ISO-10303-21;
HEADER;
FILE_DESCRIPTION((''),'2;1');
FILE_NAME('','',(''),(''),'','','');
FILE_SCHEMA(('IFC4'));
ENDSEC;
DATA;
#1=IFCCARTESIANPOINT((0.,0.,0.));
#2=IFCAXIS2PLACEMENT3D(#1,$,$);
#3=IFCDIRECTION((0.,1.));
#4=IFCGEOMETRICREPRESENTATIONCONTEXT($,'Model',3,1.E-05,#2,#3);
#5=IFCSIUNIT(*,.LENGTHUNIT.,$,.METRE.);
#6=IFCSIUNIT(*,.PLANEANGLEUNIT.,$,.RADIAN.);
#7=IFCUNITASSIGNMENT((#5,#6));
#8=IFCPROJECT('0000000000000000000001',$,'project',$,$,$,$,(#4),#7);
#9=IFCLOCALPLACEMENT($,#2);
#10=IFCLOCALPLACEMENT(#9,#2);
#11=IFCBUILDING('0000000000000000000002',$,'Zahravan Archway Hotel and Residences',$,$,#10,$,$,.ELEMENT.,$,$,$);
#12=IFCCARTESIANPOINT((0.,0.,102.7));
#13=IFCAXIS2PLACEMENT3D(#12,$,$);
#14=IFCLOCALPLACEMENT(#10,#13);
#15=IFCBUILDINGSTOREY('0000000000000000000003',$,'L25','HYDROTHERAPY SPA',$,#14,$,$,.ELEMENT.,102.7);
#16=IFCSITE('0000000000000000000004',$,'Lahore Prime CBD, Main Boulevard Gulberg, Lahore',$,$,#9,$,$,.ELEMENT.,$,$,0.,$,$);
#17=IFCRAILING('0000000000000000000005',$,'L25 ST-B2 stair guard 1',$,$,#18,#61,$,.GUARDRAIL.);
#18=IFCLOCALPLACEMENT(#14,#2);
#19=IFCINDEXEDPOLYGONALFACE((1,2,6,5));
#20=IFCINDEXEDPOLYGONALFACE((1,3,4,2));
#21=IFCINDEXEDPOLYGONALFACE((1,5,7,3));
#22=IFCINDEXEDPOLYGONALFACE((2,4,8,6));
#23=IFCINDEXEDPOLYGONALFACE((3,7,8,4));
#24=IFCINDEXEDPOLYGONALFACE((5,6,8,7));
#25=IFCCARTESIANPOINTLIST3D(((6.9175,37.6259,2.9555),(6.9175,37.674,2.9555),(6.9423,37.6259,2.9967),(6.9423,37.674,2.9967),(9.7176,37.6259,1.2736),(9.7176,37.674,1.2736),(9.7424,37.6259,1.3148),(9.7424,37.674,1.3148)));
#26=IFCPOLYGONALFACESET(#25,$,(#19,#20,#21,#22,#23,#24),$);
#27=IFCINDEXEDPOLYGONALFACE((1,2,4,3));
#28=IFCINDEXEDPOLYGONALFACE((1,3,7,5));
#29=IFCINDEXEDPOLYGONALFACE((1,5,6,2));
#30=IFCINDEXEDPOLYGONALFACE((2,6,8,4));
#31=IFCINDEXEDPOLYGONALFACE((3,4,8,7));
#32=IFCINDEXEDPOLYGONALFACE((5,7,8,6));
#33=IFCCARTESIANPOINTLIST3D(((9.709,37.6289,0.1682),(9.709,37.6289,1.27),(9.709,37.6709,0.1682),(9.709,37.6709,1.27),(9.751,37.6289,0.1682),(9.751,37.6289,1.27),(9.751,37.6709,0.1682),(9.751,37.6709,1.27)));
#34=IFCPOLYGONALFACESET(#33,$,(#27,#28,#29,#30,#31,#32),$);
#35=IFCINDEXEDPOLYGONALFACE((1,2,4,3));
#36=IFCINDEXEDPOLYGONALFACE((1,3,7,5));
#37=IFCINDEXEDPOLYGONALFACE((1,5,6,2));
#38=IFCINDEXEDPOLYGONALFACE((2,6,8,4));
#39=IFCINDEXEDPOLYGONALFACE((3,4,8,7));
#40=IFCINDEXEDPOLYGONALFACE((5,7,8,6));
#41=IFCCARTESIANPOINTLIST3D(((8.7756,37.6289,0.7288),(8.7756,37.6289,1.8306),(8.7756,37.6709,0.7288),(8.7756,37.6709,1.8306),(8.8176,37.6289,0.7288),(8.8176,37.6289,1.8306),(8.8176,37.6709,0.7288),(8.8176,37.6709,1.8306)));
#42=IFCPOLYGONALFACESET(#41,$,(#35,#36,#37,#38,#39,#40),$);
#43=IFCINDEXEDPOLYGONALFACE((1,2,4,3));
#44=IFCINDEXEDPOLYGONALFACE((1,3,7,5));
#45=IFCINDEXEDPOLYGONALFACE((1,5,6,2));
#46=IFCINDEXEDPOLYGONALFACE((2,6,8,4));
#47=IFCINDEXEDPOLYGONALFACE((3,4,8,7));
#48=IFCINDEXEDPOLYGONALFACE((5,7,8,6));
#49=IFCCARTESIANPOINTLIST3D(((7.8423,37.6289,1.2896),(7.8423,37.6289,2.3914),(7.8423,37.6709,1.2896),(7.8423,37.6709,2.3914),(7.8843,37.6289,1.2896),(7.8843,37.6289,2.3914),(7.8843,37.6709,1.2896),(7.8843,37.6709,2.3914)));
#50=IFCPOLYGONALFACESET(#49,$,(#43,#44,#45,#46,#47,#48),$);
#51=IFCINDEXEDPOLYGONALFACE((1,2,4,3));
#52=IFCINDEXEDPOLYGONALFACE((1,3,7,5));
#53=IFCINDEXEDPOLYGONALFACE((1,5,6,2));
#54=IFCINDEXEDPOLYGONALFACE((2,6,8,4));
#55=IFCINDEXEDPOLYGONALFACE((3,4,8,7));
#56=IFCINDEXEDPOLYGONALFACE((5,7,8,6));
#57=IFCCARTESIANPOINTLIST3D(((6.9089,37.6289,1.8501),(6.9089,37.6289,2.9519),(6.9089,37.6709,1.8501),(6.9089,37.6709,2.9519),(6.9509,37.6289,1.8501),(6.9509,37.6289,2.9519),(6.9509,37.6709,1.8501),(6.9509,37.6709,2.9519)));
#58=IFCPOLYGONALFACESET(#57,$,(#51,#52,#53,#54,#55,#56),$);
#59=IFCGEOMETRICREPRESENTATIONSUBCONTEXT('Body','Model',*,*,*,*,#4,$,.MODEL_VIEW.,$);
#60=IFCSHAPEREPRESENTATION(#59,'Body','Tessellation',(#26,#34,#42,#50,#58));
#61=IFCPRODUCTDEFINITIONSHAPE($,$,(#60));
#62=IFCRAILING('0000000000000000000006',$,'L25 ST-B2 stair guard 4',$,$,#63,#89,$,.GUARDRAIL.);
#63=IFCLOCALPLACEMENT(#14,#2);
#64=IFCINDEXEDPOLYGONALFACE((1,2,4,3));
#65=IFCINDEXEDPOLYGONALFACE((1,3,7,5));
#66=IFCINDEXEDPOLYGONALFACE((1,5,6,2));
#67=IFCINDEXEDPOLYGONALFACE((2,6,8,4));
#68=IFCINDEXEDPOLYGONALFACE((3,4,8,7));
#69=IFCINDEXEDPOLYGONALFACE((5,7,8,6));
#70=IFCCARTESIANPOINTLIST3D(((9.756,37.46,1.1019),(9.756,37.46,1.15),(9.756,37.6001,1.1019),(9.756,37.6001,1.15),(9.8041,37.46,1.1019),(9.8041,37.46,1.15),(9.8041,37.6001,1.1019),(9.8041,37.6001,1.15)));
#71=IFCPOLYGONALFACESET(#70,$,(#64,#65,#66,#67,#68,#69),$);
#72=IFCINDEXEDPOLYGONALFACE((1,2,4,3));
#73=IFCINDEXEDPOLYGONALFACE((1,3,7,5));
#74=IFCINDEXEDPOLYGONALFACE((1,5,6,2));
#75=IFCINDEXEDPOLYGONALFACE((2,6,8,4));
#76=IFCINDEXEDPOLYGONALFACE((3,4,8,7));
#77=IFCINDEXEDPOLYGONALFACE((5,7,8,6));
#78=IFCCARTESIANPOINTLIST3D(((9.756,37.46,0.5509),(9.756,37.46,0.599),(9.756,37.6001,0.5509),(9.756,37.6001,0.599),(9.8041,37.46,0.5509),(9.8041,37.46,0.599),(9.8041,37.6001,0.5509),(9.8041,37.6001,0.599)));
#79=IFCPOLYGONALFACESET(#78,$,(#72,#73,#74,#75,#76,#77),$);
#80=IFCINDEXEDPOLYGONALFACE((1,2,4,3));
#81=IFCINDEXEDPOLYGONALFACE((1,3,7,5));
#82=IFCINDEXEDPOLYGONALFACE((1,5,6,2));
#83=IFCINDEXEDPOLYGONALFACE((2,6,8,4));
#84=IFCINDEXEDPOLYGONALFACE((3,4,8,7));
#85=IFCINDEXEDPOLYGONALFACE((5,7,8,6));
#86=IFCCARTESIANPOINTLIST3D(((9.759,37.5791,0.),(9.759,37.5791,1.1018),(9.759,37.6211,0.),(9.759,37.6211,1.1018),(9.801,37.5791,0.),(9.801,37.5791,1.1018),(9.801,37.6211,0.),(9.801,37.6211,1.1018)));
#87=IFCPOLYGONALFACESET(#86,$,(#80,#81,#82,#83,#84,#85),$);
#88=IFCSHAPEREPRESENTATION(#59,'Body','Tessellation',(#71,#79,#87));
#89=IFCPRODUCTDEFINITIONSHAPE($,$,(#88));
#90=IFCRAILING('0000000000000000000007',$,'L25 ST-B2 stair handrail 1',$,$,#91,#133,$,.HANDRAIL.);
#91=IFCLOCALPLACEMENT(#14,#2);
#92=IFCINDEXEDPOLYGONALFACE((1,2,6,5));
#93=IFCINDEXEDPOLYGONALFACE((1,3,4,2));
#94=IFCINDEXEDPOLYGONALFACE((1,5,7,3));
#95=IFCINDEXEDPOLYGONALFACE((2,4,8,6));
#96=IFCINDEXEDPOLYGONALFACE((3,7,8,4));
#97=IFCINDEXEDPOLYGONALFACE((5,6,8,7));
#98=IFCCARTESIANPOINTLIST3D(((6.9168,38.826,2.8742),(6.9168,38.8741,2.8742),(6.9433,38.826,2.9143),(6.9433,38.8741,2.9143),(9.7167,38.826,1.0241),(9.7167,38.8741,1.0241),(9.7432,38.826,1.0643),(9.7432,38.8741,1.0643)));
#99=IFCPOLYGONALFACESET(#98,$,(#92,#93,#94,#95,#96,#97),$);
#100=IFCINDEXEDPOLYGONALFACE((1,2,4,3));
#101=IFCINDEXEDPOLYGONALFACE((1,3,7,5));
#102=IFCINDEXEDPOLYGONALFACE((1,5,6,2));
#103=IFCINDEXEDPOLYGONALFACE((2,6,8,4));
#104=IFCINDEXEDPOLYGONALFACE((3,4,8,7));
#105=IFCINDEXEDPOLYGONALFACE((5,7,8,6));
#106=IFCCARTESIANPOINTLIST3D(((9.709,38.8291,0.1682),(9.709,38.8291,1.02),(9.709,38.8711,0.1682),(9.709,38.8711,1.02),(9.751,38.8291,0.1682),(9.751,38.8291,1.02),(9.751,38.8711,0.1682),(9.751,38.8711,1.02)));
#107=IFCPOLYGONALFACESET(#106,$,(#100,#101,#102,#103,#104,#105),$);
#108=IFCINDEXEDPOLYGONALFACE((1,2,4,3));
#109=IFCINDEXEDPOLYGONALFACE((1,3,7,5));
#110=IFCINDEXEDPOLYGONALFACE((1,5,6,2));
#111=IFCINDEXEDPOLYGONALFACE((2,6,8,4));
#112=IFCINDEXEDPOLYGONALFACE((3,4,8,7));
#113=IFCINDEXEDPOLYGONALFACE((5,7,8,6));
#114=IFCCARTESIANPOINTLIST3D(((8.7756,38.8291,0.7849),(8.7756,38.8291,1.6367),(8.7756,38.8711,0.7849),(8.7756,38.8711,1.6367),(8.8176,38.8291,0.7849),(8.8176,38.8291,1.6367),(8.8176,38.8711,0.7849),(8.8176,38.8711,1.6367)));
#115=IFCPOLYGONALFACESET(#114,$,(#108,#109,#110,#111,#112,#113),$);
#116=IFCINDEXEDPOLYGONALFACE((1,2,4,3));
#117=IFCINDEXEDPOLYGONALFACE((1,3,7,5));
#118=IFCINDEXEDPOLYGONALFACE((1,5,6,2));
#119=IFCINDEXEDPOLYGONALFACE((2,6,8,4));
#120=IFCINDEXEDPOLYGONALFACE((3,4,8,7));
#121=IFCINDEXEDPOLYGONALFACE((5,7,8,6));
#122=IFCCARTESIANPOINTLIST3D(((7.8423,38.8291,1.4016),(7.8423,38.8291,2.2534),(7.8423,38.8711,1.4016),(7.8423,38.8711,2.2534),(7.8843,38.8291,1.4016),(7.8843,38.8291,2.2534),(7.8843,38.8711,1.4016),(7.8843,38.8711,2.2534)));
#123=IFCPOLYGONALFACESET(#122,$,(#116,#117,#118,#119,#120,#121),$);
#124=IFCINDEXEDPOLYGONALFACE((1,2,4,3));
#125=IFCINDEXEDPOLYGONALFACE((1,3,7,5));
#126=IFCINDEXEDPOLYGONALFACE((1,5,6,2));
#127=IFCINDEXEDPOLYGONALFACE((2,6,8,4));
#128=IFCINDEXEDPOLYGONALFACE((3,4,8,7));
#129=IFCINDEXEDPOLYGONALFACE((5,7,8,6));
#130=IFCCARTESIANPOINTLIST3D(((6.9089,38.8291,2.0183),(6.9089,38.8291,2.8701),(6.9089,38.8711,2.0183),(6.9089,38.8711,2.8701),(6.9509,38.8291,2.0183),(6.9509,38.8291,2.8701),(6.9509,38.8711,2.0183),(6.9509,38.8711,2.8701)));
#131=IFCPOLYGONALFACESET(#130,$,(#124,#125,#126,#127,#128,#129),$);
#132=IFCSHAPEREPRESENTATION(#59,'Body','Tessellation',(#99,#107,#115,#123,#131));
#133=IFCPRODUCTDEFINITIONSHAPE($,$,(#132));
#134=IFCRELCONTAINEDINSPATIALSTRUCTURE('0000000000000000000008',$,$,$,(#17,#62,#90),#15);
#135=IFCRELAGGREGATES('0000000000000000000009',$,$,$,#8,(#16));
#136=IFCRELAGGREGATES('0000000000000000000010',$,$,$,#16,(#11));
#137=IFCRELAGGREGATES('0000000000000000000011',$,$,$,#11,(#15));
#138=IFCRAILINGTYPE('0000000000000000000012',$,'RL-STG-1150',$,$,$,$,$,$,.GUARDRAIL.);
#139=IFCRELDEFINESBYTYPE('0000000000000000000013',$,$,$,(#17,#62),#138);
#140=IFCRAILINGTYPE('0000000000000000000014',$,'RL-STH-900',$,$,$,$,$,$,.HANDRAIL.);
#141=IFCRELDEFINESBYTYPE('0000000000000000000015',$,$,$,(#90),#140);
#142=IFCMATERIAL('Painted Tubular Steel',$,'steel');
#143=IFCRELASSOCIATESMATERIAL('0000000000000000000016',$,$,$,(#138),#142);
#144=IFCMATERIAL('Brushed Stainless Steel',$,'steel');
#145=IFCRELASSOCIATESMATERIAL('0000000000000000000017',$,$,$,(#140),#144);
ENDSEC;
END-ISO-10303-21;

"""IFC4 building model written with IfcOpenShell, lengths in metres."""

from ifc_helpers import new_model, si_unit, direction, frame, origin, origin_2d, place, context, subcontext, project, spatial, rectangle, extrude, material, type_object, element, save


model = new_model("IFC4")

# Units and contexts
model_context = context("Model", 3, precision=1e-05, world=origin(), true_north=direction((0.0, 1.0)))
body_context = subcontext(model_context, "Body", "Model", "MODEL_VIEW")
ifc_project = project(units=[si_unit("LENGTHUNIT", "METRE"), si_unit("PLANEANGLEUNIT", "RADIAN")], contexts=[model_context])

# Site, building, storey
site_placement = place(None, origin())
site = spatial("IfcSite", under=ifc_project, at=site_placement, Name="Lahore Prime CBD, Main Boulevard Gulberg, Lahore", CompositionType="ELEMENT", RefElevation=0.0)
building_placement = place(site_placement, origin())
building = spatial("IfcBuilding", under=site, at=building_placement, Name="Zahravan Archway Hotel and Residences", CompositionType="ELEMENT")
storey_placement = place(building_placement, frame((0.0, 0.0, 102.7)))
storey = spatial("IfcBuildingStorey", under=building, at=storey_placement, Name="L25", Description="HYDROTHERAPY SPA", CompositionType="ELEMENT", Elevation=102.7)

# Railings
ifc_material_1 = material(Name="Painted Tubular Steel", Category="steel")
railing_type_1 = type_object("IfcRailingType", Name="RL-STG-1150", PredefinedType="GUARDRAIL", material=ifc_material_1)
railing_1_placement = place(storey_placement, frame((9.73, 37.6499, 0.1682)))
element("IfcRailing", 1, at=railing_1_placement, inside=storey, type_object=railing_type_1, Name="L25 ST-B2 stair guard 1", PredefinedType="GUARDRAIL", context=body_context, shape_type="SweptSolid", body=[
    extrude(rectangle(XDim=0.0481, YDim=0.0481, at=origin_2d()), frame((0.0, 0.0, 1.126), z_axis=(-0.857242, 0.0, 0.514913), x_axis=(0.0, -1.0, 0.0)), (0.0, 0.0, 1.0), 3.2664),
    extrude(rectangle(XDim=0.042, YDim=0.042, at=origin_2d()), origin(), (0.0, 0.0, 1.0), 1.1018),
    extrude(rectangle(XDim=0.042, YDim=0.042, at=origin_2d()), frame((-0.9333, 0.0, 0.5605)), (0.0, 0.0, 1.0), 1.1018),
    extrude(rectangle(XDim=0.042, YDim=0.042, at=origin_2d()), frame((-1.8667, 0.0, 1.1213)), (0.0, 0.0, 1.0), 1.1018),
    extrude(rectangle(XDim=0.042, YDim=0.042, at=origin_2d()), frame((-2.8, 0.0, 1.6819)), (0.0, 0.0, 1.0), 1.1018),
])
railing_2_placement = place(storey_placement, frame((9.78, 37.6001, 0.0)))
element("IfcRailing", 2, at=railing_2_placement, inside=storey, type_object=railing_type_1, Name="L25 ST-B2 stair guard 4", PredefinedType="GUARDRAIL", context=body_context, shape_type="SweptSolid", body=[
    extrude(rectangle(XDim=0.0481, YDim=0.0481, at=origin_2d()), frame((0.0, 0.0, 1.126), z_axis=(0.0, -1.0, 0.0), x_axis=(1.0, 0.0, 0.0)), (0.0, 0.0, 1.0), 0.1401),
    extrude(rectangle(XDim=0.0481, YDim=0.0481, at=origin_2d()), frame((0.0, 0.0, 0.575), z_axis=(0.0, -1.0, 0.0), x_axis=(1.0, 0.0, 0.0)), (0.0, 0.0, 1.0), 0.1401),
    extrude(rectangle(XDim=0.042, YDim=0.042, at=origin_2d()), origin(), (0.0, 0.0, 1.0), 1.1018),
])
ifc_material_2 = material(Name="Brushed Stainless Steel", Category="steel")
railing_type_2 = type_object("IfcRailingType", Name="RL-STH-900", PredefinedType="HANDRAIL", material=ifc_material_2)
railing_3_placement = place(storey_placement, frame((9.73, 38.8501, 0.1682)))
element("IfcRailing", 3, at=railing_3_placement, inside=storey, type_object=railing_type_2, Name="L25 ST-B2 stair handrail 1", PredefinedType="HANDRAIL", context=body_context, shape_type="SweptSolid", body=[
    extrude(rectangle(XDim=0.0481, YDim=0.0481, at=origin_2d()), frame((0.0, 0.0, 0.876), z_axis=(-0.834326, 0.0, 0.551271), x_axis=(0.0, -1.0, 0.0)), (0.0, 0.0, 1.0), 3.356),
    extrude(rectangle(XDim=0.042, YDim=0.042, at=origin_2d()), origin(), (0.0, 0.0, 1.0), 0.8518),
    extrude(rectangle(XDim=0.042, YDim=0.042, at=origin_2d()), frame((-0.9333, 0.0, 0.6167)), (0.0, 0.0, 1.0), 0.8518),
    extrude(rectangle(XDim=0.042, YDim=0.042, at=origin_2d()), frame((-1.8667, 0.0, 1.2334)), (0.0, 0.0, 1.0), 0.8518),
    extrude(rectangle(XDim=0.042, YDim=0.042, at=origin_2d()), frame((-2.8, 0.0, 1.8501)), (0.0, 0.0, 1.0), 0.8518),
])

save(model, "model.ifc")
